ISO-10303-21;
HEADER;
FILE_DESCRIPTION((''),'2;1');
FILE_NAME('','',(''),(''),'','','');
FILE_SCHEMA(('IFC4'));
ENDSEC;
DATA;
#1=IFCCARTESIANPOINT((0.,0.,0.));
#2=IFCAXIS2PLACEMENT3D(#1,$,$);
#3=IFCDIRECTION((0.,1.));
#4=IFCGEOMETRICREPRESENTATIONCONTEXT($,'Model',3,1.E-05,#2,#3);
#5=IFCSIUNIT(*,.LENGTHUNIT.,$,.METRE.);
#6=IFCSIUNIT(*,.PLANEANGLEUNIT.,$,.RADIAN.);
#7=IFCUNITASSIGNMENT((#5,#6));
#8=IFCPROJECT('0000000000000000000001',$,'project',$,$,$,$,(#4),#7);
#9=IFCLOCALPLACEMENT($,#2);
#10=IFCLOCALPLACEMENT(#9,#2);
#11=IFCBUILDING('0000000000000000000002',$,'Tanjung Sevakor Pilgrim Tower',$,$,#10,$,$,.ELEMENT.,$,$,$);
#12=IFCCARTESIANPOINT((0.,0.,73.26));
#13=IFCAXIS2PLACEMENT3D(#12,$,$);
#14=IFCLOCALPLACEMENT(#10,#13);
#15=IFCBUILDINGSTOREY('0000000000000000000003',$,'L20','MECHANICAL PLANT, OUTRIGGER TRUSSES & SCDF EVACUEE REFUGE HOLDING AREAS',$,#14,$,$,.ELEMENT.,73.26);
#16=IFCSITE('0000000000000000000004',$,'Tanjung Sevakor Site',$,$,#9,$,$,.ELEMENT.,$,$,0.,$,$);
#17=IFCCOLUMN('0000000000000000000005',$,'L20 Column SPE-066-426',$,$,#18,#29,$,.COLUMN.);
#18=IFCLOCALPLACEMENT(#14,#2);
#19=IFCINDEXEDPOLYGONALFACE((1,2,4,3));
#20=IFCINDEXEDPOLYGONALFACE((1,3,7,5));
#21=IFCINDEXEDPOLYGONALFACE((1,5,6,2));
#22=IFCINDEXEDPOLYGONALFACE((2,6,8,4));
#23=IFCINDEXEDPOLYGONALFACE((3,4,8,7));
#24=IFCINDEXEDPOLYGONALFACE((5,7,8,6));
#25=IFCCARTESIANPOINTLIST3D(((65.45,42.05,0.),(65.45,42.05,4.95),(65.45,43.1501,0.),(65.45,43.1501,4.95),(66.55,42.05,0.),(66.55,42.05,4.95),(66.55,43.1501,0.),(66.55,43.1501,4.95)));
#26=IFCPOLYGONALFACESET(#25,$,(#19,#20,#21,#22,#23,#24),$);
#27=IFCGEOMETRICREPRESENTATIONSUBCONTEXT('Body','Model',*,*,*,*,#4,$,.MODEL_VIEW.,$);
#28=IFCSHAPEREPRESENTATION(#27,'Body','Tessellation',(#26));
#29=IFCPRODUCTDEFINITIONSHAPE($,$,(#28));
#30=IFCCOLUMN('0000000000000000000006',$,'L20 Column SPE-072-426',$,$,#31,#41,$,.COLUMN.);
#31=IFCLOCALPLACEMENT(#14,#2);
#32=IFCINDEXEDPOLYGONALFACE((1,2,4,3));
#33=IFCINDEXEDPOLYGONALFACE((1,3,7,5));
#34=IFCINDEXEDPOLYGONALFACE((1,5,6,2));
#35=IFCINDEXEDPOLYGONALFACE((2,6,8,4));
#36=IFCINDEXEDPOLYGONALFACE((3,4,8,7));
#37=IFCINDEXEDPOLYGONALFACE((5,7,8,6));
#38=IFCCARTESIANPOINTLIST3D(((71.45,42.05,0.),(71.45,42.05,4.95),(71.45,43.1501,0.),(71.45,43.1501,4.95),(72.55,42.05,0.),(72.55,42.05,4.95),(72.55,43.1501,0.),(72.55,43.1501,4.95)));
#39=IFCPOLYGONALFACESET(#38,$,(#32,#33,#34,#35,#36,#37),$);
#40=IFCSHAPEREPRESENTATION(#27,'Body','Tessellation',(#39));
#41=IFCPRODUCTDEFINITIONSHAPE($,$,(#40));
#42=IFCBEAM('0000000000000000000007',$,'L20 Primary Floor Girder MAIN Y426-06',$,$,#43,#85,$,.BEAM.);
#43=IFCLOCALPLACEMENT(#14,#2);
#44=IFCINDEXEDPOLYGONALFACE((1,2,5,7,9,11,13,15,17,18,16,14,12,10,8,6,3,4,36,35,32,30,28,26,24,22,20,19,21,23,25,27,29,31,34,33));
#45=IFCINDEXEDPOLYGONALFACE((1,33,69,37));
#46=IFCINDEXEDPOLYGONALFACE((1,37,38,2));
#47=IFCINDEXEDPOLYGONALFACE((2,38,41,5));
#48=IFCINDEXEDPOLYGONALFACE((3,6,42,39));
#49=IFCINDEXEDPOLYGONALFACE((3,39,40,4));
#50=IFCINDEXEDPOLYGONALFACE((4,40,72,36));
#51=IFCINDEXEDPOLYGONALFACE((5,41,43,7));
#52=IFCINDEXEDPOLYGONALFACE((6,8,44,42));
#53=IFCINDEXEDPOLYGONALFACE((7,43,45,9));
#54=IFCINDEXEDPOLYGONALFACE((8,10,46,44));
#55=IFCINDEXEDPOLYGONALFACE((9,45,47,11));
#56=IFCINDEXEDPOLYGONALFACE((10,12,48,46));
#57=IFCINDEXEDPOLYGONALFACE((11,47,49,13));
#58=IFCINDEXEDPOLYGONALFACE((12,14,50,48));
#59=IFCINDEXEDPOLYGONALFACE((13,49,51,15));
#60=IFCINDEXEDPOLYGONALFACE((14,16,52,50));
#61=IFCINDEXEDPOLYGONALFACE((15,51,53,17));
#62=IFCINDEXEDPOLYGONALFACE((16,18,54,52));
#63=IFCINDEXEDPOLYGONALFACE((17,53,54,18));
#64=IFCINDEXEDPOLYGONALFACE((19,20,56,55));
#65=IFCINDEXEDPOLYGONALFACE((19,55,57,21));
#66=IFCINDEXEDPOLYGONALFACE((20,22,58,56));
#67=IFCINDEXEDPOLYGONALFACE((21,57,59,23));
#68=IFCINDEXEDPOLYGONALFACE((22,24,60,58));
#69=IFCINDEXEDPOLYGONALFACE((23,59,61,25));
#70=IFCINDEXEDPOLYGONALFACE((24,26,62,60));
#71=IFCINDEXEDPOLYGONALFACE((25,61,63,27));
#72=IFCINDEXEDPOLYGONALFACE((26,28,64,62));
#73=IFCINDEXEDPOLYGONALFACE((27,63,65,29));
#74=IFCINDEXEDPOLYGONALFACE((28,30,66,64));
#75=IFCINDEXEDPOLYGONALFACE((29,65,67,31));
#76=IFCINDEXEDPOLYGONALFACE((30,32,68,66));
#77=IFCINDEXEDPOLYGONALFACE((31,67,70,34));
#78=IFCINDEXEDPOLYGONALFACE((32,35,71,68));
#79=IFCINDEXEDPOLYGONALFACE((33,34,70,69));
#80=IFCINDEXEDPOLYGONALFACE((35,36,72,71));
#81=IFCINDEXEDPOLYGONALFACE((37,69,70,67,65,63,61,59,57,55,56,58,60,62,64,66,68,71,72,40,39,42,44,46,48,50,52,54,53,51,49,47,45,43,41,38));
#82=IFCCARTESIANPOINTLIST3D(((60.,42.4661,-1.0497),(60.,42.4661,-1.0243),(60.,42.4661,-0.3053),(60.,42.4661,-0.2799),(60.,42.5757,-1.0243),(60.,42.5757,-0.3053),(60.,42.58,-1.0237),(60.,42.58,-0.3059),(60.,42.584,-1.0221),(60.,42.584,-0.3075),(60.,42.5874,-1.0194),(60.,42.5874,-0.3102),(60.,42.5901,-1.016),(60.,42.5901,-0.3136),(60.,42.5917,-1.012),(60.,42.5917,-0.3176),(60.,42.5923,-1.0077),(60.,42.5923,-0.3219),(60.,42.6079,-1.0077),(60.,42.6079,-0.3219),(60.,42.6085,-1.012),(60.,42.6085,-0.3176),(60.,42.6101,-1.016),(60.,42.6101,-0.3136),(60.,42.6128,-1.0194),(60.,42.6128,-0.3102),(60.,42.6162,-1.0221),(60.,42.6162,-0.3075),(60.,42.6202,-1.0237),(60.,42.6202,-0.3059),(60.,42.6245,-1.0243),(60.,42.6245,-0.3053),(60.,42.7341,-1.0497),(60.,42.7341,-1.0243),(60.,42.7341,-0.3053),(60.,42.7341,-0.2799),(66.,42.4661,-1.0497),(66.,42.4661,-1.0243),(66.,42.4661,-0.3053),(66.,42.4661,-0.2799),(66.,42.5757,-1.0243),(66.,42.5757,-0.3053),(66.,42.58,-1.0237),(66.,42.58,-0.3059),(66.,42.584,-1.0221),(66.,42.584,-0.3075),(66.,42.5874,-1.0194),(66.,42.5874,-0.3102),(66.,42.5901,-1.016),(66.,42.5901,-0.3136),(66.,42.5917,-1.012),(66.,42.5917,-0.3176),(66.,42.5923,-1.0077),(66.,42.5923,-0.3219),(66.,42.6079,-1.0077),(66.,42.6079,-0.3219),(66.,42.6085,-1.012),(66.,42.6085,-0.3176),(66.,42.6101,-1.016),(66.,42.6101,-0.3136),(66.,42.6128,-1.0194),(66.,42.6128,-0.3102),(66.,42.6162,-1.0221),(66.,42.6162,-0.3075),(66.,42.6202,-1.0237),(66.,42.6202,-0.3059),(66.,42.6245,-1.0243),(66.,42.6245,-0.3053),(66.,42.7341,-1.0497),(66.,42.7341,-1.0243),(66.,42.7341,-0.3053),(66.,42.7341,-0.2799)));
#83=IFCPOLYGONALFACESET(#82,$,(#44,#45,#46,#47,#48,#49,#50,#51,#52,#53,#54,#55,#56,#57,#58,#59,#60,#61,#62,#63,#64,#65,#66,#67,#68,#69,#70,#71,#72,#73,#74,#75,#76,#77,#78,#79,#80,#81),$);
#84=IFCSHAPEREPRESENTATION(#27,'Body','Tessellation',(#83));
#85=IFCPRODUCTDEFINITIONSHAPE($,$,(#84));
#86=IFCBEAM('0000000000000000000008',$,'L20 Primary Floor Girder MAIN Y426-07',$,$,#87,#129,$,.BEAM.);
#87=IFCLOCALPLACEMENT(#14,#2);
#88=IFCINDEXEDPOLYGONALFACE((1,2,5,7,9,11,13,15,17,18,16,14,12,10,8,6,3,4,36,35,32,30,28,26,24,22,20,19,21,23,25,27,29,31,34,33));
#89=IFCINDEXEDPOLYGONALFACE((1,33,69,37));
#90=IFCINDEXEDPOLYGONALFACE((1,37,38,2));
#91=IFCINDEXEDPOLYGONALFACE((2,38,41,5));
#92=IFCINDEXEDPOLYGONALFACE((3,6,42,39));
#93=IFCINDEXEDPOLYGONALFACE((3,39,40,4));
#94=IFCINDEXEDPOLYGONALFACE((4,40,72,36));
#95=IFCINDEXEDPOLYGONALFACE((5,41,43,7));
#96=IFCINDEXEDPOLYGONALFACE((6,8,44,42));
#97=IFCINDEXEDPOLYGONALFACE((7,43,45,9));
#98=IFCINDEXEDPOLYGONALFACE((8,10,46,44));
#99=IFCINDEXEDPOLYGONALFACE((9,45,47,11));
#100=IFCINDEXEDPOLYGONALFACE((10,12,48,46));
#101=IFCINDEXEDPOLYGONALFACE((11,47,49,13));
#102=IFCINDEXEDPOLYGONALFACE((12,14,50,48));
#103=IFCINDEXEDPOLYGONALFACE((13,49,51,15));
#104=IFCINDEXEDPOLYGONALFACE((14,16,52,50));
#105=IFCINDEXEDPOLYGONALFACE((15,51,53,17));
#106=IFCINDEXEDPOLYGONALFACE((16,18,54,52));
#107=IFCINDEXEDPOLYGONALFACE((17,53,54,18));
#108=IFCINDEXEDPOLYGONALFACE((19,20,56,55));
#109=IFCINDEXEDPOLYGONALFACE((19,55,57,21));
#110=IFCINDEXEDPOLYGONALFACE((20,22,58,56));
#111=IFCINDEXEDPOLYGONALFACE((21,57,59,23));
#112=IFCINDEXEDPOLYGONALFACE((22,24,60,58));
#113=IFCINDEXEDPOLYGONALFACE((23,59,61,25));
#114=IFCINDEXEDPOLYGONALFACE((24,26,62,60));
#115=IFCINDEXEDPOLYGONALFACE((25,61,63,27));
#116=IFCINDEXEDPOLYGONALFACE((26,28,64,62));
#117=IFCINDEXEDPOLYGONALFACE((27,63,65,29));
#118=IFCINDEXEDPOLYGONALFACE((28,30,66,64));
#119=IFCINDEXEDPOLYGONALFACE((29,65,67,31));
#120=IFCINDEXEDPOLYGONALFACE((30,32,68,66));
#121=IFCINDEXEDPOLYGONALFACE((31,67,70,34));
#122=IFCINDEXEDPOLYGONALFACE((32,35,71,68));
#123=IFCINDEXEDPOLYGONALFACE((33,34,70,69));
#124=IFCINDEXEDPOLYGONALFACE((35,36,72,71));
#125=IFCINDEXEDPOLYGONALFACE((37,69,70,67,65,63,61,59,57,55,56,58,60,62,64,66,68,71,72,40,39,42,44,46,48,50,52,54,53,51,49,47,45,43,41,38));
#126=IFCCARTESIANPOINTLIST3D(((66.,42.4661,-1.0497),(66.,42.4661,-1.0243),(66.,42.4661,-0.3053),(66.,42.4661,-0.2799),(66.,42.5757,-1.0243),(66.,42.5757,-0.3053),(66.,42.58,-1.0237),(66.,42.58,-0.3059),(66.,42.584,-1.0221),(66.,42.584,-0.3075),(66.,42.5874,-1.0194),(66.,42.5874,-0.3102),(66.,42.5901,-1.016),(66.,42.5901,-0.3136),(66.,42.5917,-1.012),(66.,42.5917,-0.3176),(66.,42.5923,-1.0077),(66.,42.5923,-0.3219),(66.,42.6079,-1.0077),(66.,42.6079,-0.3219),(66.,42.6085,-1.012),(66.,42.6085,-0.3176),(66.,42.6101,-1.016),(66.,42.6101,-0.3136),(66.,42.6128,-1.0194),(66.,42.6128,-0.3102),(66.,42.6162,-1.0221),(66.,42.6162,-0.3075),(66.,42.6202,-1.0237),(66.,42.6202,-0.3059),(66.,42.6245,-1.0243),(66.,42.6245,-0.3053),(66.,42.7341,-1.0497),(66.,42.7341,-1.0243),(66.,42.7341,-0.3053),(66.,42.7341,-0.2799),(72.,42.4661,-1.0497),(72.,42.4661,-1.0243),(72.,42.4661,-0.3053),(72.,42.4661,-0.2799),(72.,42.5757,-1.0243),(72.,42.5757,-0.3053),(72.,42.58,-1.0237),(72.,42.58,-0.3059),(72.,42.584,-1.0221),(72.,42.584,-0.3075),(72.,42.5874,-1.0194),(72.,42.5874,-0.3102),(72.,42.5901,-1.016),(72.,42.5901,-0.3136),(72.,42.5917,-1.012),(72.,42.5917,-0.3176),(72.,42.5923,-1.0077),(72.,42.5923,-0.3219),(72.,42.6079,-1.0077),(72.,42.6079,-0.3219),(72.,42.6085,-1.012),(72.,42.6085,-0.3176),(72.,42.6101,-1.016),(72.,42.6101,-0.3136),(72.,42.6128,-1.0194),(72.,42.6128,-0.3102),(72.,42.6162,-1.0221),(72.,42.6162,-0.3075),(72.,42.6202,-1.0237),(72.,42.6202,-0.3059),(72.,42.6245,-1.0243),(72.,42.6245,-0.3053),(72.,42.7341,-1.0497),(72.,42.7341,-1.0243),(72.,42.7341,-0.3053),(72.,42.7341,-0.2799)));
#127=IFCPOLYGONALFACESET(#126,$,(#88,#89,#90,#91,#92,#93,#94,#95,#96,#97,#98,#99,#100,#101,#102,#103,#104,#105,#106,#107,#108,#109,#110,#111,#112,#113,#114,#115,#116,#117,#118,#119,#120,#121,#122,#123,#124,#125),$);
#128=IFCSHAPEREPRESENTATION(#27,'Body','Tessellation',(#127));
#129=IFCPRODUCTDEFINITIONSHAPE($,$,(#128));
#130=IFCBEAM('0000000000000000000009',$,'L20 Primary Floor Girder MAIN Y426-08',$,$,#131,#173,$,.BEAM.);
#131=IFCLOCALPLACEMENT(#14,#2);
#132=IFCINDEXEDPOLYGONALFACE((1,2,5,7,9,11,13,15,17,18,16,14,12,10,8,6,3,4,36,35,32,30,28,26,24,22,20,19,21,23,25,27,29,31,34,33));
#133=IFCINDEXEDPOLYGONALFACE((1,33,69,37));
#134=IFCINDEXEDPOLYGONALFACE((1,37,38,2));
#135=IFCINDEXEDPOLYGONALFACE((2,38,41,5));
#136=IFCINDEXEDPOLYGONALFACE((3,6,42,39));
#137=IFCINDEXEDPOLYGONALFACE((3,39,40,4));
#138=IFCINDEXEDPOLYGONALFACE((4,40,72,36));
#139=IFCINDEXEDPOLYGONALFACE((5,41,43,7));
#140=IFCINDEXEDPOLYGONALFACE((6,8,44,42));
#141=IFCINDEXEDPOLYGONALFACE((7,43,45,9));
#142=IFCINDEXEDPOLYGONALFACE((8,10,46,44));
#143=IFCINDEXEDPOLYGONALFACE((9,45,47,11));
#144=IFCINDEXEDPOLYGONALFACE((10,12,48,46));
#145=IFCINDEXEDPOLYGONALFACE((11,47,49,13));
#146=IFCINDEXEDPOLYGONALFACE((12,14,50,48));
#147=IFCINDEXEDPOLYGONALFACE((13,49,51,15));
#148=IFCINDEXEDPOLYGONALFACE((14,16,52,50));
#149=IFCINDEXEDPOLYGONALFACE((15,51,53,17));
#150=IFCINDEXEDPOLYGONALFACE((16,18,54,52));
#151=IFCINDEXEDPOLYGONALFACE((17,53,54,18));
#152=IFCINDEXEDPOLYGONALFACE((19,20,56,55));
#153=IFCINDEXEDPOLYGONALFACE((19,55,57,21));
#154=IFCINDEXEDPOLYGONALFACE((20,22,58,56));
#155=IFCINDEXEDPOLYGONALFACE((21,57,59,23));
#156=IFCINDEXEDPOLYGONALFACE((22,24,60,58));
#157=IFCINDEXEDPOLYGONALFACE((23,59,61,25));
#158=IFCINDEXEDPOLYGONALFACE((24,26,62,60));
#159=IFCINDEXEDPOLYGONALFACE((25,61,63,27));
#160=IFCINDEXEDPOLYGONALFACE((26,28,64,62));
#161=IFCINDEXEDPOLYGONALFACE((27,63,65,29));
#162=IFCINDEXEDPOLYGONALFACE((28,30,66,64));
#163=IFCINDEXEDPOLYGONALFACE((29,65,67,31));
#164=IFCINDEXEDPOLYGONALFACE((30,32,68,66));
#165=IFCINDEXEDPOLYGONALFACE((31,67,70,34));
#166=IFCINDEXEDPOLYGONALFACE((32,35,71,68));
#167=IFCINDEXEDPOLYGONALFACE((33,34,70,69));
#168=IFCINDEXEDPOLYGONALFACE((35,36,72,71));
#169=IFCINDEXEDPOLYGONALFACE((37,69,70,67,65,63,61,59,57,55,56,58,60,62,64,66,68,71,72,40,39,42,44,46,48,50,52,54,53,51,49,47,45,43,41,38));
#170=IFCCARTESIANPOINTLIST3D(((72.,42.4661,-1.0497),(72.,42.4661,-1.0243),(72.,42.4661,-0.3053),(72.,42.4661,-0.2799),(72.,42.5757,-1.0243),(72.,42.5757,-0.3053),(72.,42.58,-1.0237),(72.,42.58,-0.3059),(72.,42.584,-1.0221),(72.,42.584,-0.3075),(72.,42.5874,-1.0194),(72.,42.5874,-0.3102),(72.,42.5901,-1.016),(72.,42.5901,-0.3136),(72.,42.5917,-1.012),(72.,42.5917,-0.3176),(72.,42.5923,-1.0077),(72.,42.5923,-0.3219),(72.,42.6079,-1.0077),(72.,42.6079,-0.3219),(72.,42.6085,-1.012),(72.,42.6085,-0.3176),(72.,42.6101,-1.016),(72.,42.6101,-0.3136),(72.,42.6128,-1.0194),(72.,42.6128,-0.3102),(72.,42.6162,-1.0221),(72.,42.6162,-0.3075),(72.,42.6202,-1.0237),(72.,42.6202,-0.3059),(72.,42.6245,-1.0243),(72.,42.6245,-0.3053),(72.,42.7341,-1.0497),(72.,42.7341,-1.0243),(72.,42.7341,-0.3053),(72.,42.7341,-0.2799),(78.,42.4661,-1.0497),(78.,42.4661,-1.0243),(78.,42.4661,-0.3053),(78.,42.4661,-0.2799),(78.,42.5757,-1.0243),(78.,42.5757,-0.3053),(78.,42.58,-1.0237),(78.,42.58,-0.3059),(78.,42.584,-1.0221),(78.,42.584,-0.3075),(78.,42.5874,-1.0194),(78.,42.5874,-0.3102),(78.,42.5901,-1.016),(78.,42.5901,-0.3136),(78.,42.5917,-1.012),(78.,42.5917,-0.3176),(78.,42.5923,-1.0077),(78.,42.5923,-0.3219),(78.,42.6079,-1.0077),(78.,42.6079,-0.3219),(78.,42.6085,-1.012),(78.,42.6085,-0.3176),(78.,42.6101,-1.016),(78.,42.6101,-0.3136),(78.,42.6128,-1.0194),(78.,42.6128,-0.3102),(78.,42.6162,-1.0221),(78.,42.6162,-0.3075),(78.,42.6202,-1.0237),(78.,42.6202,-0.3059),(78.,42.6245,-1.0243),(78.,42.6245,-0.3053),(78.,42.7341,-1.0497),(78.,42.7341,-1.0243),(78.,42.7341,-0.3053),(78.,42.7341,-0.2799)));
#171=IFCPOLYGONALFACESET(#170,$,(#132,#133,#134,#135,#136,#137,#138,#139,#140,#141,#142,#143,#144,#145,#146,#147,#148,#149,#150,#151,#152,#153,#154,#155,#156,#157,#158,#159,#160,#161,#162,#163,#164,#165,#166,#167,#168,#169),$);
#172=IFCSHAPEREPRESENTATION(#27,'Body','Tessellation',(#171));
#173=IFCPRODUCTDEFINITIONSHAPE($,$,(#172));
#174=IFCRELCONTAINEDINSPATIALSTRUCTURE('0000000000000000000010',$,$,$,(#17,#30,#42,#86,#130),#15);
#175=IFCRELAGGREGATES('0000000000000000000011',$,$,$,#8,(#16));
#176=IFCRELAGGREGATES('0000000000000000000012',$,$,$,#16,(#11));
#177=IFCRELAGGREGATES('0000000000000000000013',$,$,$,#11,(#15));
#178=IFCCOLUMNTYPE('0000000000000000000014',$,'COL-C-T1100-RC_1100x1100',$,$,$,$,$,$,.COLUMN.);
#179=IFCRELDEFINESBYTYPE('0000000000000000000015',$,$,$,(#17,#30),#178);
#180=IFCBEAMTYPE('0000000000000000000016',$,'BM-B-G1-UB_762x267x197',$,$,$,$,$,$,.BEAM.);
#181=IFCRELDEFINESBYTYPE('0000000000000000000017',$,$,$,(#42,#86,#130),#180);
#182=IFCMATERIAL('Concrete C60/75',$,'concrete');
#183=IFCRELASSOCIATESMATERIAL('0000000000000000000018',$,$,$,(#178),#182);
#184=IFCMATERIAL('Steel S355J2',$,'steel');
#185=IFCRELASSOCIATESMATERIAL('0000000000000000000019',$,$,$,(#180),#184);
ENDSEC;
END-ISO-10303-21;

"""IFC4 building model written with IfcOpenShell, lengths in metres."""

from ifc_helpers import new_model, si_unit, direction, frame, origin, origin_2d, place, context, subcontext, project, spatial, rectangle, i_section, extrude, material, material_profile, profile_set, type_object, element, save


model = new_model("IFC4")

# Units and contexts
model_context = context("Model", 3, precision=1e-05, world=origin(), true_north=direction((0.0, 1.0)))
body_context = subcontext(model_context, "Body", "Model", "MODEL_VIEW")
ifc_project = project(units=[si_unit("LENGTHUNIT", "METRE"), si_unit("PLANEANGLEUNIT", "RADIAN")], contexts=[model_context])

# Site, building, storey
site_placement = place(None, origin())
site = spatial("IfcSite", under=ifc_project, at=site_placement, Name="Tanjung Sevakor Site", CompositionType="ELEMENT", RefElevation=0.0)
building_placement = place(site_placement, origin())
building = spatial("IfcBuilding", under=site, at=building_placement, Name="Tanjung Sevakor Pilgrim Tower", CompositionType="ELEMENT")
storey_placement = place(building_placement, frame((0.0, 0.0, 73.26)))
storey = spatial("IfcBuildingStorey", under=building, at=storey_placement, Name="L20", Description="MECHANICAL PLANT, OUTRIGGER TRUSSES & SCDF EVACUEE REFUGE HOLDING AREAS", CompositionType="ELEMENT", Elevation=73.26)

# Columns
ifc_material_1 = material(Name="Concrete C60/75", Category="concrete")
ifc_material_profile_1 = material_profile(ifc_material_1, rectangle(XDim=1.1001, YDim=1.1001, at=origin_2d()))
ifc_profile_set_1 = profile_set([ifc_material_profile_1], Name="Concrete C60/75")
column_type = type_object("IfcColumnType", Name="COL-C-T1100-RC_1100x1100", PredefinedType="COLUMN", material=ifc_profile_set_1)
for number, where, z_axis, x_axis, name in (
    (1, (66.0, 42.6001, 0.0), (0.0, 0.0, 1.0), (1.0, 0.0, 0.0), "L20 Column SPE-066-426"),
    (2, (72.0, 42.6001, 0.0), (0.0, 0.0, 1.0), (1.0, 0.0, 0.0), "L20 Column SPE-072-426"),
):
    element("IfcColumn", number, at=place(storey_placement, frame(where, z_axis=z_axis, x_axis=x_axis)), inside=storey, type_object=column_type, Name=name, PredefinedType="COLUMN", context=body_context, shape_type="SweptSolid", body=[
        extrude(rectangle(XDim=1.1001, YDim=1.1001, at=origin_2d()), origin(), (0.0, 0.0, 1.0), 4.95),
    ])

# Beams
ifc_material_2 = material(Name="Steel S355J2", Category="steel")
ifc_material_profile_2 = material_profile(ifc_material_2, i_section(OverallWidth=0.2681, OverallDepth=0.7698, WebThickness=0.0156, FlangeThickness=0.0254, FilletRadius=0.0166, at=origin_2d()))
ifc_profile_set_2 = profile_set([ifc_material_profile_2], Name="Steel S355J2")
beam_type_1 = type_object("IfcBeamType", Name="BM-B-G1-UB_762x267x197", PredefinedType="BEAM", material=ifc_profile_set_2)
for number, where, z_axis, x_axis, name in (
    (3, (60.0, 42.6001, -0.6648), (1.0, 0.0, 0.0), (0.0, 1.0, 0.0), "L20 Primary Floor Girder MAIN Y426-06"),
    (4, (66.0, 42.6001, -0.6648), (1.0, 0.0, 0.0), (0.0, 1.0, 0.0), "L20 Primary Floor Girder MAIN Y426-07"),
    (5, (72.0, 42.6001, -0.6648), (1.0, 0.0, 0.0), (0.0, 1.0, 0.0), "L20 Primary Floor Girder MAIN Y426-08"),
):
    element("IfcBeam", number, at=place(storey_placement, frame(where, z_axis=z_axis, x_axis=x_axis)), inside=storey, type_object=beam_type_1, Name=name, PredefinedType="BEAM", context=body_context, shape_type="SweptSolid", body=[
        extrude(i_section(OverallWidth=0.2681, OverallDepth=0.7698, WebThickness=0.0156, FlangeThickness=0.0254, FilletRadius=0.0166, at=origin_2d()), origin(), (0.0, 0.0, 1.0), 6.0),
    ])

save(model, "model.ifc")
